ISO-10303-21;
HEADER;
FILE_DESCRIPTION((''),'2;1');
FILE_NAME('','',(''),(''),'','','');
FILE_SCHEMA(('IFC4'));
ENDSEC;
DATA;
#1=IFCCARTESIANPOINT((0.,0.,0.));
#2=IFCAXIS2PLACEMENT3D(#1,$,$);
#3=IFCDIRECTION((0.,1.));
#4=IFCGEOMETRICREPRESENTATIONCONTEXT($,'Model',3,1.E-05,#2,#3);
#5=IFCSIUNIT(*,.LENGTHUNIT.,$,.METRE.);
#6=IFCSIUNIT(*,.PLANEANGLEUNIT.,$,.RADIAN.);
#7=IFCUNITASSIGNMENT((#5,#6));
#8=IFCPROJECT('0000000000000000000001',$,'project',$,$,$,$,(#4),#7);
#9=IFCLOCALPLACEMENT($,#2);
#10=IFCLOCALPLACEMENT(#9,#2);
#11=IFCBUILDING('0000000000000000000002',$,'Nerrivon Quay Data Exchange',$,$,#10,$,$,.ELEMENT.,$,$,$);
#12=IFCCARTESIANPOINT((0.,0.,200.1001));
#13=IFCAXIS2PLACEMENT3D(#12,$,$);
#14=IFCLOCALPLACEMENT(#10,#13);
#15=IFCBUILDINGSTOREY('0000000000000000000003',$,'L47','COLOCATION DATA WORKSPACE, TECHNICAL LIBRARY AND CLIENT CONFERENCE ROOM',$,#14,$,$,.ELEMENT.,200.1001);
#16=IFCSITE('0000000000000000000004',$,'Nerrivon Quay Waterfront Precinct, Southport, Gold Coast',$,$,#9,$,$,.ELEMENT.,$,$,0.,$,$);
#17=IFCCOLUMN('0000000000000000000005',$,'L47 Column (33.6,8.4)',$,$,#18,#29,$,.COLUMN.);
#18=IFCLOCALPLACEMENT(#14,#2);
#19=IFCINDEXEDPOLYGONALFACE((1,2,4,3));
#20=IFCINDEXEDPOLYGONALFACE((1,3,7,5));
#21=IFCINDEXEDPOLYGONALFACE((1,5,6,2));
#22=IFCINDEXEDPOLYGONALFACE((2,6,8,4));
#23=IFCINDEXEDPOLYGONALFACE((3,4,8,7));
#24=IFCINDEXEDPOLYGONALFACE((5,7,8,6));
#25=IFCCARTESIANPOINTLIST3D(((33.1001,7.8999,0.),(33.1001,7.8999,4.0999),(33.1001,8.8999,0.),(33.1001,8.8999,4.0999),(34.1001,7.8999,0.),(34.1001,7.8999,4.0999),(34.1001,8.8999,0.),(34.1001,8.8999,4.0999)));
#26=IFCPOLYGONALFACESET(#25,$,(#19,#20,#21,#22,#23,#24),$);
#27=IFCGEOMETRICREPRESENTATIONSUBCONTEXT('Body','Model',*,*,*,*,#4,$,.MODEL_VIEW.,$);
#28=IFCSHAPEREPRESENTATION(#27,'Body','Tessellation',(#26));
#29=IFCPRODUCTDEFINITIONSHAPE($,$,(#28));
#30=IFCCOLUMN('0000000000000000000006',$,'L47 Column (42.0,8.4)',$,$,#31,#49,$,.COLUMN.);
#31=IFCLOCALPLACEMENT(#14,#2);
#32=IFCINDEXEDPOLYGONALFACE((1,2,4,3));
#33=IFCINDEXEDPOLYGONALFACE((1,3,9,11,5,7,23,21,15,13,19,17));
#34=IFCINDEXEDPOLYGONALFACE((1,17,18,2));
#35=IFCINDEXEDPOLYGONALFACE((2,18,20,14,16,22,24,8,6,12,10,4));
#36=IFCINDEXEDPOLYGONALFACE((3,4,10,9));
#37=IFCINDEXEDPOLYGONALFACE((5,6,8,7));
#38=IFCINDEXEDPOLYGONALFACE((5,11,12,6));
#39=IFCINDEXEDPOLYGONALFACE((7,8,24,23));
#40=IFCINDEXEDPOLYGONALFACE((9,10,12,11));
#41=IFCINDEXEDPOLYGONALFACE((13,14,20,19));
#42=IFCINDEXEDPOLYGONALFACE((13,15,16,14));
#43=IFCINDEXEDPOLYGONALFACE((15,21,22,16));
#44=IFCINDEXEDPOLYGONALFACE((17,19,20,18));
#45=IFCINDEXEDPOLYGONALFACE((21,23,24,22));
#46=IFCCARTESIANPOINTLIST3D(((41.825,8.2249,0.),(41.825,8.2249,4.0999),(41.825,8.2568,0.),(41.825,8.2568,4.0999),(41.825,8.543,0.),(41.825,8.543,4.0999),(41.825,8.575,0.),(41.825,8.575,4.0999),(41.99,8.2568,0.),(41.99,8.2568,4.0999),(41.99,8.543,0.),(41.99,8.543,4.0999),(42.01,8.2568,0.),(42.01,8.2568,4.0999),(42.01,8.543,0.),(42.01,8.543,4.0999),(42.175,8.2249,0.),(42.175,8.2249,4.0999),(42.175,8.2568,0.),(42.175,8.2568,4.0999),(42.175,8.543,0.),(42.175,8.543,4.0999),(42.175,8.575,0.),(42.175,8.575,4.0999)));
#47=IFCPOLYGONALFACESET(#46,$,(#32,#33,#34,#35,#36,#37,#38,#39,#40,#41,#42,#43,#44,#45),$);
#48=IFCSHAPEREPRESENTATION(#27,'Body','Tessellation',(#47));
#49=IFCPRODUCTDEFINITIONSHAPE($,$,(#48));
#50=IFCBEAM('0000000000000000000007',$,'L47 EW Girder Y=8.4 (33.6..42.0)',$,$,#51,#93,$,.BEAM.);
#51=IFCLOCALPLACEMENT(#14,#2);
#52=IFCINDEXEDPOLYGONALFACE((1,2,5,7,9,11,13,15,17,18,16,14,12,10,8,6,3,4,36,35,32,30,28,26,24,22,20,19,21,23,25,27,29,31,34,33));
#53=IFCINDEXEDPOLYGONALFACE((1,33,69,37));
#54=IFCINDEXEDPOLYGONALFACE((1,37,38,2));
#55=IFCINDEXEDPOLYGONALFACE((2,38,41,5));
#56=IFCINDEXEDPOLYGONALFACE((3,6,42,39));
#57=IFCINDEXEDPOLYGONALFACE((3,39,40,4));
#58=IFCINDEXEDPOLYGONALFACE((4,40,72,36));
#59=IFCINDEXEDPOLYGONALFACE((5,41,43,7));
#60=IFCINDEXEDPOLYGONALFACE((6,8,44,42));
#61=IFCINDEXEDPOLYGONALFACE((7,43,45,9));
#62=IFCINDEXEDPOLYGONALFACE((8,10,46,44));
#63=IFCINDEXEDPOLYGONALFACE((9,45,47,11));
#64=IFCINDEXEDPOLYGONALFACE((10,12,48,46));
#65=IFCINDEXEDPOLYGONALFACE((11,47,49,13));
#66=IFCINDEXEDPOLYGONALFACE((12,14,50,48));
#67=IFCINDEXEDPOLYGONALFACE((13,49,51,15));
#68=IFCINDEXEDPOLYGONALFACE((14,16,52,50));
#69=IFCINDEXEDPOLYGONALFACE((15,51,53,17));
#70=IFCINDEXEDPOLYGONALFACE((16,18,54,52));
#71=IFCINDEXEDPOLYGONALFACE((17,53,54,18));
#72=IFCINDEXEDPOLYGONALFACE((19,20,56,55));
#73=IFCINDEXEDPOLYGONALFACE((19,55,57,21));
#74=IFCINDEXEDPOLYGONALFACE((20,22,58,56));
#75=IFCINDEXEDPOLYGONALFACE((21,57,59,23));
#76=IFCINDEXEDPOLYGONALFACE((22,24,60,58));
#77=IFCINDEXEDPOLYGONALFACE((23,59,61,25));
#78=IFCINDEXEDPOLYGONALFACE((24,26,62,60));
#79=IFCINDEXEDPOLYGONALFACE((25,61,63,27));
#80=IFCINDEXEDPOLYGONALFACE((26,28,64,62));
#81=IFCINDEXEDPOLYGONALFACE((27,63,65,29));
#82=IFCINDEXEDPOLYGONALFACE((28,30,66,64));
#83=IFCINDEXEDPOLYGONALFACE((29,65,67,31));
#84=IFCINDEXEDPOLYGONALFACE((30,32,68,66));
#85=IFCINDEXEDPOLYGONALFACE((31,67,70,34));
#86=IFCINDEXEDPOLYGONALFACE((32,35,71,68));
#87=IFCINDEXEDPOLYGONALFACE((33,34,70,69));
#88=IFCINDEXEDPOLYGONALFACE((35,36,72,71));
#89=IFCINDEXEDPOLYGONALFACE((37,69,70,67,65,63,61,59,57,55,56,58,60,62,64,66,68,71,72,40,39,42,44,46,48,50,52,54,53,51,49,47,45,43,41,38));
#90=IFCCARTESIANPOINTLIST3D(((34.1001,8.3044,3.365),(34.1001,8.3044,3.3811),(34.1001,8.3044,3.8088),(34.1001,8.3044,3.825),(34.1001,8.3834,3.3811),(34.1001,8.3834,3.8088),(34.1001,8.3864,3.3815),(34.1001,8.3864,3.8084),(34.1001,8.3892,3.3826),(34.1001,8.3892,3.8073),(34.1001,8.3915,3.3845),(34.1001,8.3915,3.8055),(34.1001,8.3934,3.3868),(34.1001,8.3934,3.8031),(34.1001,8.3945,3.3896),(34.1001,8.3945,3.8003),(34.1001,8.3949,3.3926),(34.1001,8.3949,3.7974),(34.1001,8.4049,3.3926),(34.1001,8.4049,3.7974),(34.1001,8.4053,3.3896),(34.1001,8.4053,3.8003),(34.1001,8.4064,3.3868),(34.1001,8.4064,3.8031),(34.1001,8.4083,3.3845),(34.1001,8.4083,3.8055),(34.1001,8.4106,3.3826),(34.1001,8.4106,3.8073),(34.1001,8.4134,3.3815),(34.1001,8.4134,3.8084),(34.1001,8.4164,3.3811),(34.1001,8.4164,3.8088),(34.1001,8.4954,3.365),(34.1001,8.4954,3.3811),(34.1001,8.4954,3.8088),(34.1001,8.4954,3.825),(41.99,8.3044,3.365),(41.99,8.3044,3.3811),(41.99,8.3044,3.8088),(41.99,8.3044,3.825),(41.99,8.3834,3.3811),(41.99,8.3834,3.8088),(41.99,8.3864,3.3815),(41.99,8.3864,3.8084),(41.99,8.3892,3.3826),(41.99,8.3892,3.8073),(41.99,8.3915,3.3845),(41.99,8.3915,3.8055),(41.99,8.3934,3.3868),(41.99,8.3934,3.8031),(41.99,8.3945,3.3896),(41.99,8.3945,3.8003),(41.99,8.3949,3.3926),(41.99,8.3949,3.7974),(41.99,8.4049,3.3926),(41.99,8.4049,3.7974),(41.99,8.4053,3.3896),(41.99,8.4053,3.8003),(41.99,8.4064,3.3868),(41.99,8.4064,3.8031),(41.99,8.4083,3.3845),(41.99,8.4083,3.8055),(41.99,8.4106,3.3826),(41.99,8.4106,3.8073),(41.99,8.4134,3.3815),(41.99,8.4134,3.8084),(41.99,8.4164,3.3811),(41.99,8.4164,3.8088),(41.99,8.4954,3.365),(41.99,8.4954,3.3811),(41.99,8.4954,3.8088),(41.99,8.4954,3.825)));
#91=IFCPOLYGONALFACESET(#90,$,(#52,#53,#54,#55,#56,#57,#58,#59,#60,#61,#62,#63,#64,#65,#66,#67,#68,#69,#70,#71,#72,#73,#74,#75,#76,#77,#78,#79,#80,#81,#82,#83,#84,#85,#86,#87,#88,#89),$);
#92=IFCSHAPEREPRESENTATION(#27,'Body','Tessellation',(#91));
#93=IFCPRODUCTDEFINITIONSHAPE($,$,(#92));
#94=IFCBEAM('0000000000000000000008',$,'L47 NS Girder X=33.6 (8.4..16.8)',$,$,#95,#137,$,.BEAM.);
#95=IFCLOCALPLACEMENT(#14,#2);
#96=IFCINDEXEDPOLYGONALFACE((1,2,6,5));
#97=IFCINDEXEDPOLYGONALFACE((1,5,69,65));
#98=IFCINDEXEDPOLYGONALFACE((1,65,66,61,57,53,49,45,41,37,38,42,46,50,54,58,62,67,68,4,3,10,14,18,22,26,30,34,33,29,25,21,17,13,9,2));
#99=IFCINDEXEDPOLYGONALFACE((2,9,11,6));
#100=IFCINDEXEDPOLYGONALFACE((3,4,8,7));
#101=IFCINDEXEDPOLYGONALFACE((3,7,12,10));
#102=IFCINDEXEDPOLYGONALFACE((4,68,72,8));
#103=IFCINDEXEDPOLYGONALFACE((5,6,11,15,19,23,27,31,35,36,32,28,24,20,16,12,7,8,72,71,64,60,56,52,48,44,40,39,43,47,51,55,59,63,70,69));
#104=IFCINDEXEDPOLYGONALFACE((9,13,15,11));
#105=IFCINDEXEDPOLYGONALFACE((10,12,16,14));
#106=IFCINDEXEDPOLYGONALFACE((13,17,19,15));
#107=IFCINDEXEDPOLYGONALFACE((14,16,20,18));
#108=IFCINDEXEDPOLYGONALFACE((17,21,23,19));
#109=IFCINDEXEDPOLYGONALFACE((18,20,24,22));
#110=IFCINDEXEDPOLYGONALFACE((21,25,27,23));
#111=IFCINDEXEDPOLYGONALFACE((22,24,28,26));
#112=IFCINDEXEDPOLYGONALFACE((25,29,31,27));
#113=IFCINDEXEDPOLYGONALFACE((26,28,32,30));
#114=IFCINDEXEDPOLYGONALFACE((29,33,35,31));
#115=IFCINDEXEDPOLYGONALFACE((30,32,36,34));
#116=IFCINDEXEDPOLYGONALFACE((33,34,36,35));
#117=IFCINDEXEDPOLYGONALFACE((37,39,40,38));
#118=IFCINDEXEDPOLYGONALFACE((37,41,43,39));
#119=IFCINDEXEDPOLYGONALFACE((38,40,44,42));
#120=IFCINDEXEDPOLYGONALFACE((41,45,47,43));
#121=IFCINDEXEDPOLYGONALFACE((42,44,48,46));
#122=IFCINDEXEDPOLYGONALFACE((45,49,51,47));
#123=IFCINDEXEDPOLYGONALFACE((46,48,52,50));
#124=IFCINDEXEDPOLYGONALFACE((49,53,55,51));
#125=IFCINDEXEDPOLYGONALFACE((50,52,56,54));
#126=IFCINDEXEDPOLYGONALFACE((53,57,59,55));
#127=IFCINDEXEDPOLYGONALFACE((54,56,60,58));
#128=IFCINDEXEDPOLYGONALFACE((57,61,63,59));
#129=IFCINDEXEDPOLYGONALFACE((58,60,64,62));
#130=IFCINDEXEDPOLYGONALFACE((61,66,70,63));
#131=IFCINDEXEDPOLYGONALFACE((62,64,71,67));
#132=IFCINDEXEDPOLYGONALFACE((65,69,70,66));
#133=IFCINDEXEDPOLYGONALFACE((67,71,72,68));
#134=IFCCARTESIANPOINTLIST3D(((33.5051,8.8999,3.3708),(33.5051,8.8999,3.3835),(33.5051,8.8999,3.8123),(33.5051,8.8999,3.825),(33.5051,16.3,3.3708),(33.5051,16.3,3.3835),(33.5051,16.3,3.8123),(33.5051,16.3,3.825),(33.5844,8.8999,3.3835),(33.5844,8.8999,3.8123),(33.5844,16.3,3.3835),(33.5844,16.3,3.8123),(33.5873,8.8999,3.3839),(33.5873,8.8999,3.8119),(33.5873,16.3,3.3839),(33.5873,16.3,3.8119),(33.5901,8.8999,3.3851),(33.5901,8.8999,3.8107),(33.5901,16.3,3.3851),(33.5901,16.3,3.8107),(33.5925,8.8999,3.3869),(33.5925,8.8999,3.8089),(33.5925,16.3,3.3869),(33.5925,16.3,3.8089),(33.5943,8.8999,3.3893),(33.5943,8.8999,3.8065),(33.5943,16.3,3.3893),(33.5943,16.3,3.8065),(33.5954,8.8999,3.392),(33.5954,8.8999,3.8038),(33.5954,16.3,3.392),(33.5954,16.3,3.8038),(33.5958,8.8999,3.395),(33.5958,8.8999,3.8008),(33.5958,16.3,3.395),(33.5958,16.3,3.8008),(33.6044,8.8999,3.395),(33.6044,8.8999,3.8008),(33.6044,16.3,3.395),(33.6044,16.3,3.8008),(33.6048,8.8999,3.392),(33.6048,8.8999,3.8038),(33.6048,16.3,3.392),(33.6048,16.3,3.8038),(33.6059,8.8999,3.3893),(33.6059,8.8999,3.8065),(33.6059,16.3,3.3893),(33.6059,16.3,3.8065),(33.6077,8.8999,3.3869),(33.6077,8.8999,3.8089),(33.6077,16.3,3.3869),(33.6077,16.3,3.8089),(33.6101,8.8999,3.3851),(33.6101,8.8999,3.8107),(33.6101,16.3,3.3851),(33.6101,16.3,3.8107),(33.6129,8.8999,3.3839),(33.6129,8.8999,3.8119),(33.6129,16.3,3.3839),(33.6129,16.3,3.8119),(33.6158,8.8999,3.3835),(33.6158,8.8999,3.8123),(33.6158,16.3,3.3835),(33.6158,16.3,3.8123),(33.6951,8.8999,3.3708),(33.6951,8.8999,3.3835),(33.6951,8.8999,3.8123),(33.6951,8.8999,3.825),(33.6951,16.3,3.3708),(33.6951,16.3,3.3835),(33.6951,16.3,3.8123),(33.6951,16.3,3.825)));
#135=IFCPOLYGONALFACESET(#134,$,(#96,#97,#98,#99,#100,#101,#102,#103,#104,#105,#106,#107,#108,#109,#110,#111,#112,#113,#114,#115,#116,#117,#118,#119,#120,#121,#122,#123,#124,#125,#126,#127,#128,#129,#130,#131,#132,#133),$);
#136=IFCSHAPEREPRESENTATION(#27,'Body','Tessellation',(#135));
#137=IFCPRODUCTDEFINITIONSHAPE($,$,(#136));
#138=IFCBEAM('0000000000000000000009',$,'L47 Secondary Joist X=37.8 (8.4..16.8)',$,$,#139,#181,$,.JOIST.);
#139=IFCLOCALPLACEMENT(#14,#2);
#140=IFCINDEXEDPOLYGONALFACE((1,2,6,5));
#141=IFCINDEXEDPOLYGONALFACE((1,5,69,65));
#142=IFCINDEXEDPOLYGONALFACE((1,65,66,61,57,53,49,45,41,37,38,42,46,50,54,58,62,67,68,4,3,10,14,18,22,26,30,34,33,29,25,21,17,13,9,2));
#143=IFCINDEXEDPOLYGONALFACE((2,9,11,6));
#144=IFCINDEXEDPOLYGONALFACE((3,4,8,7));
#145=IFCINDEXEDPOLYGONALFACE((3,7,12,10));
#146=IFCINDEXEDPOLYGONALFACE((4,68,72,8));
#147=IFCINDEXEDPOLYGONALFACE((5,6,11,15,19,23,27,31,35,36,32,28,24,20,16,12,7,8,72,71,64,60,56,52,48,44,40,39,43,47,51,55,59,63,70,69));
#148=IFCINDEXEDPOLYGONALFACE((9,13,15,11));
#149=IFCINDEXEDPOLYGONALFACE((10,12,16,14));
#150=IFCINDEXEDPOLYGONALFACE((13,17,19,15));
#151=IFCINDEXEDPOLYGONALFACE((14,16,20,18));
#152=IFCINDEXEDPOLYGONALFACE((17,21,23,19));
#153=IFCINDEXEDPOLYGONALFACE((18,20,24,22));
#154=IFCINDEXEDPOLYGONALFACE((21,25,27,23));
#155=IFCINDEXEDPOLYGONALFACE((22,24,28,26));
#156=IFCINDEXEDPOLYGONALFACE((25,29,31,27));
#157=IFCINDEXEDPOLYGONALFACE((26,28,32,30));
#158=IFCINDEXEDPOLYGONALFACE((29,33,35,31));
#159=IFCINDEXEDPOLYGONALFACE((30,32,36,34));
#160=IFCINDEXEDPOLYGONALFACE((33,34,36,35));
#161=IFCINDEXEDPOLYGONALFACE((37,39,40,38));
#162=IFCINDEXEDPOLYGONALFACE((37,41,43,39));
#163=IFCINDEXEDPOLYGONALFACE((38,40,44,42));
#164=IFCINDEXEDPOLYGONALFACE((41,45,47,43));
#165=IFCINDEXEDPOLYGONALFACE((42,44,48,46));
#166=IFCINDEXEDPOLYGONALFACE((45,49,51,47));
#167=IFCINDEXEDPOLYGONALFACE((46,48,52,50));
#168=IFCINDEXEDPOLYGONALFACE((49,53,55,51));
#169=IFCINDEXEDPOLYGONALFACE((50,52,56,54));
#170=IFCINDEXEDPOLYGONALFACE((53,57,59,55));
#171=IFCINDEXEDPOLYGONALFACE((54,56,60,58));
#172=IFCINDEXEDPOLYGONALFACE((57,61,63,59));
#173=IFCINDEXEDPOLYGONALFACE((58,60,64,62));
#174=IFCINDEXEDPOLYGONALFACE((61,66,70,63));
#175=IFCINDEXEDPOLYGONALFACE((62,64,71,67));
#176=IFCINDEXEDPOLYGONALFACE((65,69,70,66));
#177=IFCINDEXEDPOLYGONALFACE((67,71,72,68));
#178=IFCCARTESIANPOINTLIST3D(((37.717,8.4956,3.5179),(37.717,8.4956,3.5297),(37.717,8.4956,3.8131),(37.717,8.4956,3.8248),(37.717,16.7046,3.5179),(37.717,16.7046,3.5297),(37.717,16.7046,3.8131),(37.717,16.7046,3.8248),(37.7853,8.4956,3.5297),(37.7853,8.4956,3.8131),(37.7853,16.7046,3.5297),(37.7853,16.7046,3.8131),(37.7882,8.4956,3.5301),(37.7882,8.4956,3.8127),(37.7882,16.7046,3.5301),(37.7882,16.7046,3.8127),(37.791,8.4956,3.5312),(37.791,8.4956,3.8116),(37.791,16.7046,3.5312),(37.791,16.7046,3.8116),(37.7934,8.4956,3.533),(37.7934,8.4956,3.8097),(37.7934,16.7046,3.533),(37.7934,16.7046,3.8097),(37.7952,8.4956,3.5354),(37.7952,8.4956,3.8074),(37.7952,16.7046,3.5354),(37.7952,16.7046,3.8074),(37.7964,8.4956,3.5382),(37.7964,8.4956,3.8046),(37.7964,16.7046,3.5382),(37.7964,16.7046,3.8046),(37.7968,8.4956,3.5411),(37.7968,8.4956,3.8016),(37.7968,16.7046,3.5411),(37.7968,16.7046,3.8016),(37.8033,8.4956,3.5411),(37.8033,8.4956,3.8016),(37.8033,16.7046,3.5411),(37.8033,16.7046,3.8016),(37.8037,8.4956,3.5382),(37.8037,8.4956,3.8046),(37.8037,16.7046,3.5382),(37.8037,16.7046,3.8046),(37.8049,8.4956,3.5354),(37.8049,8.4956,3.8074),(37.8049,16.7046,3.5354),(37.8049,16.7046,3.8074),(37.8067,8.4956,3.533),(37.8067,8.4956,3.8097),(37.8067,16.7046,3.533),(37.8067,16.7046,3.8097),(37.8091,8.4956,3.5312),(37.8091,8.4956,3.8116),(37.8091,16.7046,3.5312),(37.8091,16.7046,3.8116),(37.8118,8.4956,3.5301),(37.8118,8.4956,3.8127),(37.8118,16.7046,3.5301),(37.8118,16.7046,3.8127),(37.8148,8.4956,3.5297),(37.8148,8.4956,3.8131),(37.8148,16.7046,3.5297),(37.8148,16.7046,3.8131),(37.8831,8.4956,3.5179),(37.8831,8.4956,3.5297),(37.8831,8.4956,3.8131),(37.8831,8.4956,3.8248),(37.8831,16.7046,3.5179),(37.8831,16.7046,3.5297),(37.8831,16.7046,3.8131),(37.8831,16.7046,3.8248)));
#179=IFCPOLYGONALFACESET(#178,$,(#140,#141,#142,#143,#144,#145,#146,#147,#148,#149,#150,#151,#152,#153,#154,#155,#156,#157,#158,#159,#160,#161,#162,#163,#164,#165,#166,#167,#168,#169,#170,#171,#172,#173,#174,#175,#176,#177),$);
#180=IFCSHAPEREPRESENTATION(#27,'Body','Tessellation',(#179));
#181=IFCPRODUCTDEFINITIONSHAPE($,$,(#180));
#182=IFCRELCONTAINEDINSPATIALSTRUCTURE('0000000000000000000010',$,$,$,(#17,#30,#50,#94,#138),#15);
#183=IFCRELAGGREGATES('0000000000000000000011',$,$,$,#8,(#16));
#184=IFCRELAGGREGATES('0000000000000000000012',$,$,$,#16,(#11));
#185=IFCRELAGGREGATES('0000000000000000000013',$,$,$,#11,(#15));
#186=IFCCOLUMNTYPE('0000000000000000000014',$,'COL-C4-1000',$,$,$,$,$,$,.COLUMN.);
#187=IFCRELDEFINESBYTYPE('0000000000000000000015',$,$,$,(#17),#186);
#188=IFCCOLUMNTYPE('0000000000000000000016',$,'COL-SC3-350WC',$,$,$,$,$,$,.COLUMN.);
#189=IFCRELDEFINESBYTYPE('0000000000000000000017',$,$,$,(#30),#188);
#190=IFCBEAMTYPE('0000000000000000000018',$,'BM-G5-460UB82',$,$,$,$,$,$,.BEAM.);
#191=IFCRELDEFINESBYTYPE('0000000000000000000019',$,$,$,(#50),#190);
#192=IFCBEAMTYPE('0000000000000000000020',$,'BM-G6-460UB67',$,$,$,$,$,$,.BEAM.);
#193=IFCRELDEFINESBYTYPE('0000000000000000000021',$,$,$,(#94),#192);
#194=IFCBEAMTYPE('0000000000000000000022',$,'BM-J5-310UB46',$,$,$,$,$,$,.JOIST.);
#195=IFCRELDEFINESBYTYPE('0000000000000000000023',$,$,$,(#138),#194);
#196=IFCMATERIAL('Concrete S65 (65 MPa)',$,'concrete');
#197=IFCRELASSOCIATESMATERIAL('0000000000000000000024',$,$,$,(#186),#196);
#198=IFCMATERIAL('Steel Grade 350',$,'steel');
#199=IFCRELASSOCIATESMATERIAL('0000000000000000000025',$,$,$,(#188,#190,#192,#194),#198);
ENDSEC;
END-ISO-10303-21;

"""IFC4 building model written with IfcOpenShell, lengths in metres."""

from ifc_helpers import new_model, si_unit, direction, frame, origin, origin_2d, place, context, subcontext, project, spatial, rectangle, i_section, extrude, material, material_profile, profile_set, type_object, element, save


model = new_model("IFC4")

# Units and contexts
model_context = context("Model", 3, precision=1e-05, world=origin(), true_north=direction((0.0, 1.0)))
body_context = subcontext(model_context, "Body", "Model", "MODEL_VIEW")
ifc_project = project(units=[si_unit("LENGTHUNIT", "METRE"), si_unit("PLANEANGLEUNIT", "RADIAN")], contexts=[model_context])

# Site, building, storey
site_placement = place(None, origin())
site = spatial("IfcSite", under=ifc_project, at=site_placement, Name="Nerrivon Quay Waterfront Precinct, Southport, Gold Coast", CompositionType="ELEMENT", RefElevation=0.0)
building_placement = place(site_placement, origin())
building = spatial("IfcBuilding", under=site, at=building_placement, Name="Nerrivon Quay Data Exchange", CompositionType="ELEMENT")
storey_placement = place(building_placement, frame((0.0, 0.0, 200.1001)))
storey = spatial("IfcBuildingStorey", under=building, at=storey_placement, Name="L47", Description="COLOCATION DATA WORKSPACE, TECHNICAL LIBRARY AND CLIENT CONFERENCE ROOM", CompositionType="ELEMENT", Elevation=200.1001)

# Columns
ifc_material_1 = material(Name="Concrete S65 (65 MPa)", Category="concrete")
ifc_material_profile_1 = material_profile(ifc_material_1, rectangle(XDim=1.0, YDim=1.0, at=origin_2d()), Name="RC-COL-1000x1000")
ifc_profile_set_1 = profile_set([ifc_material_profile_1], Name="Concrete S65 (65 MPa)")
column_type_1 = type_object("IfcColumnType", Name="COL-C4-1000", PredefinedType="COLUMN", material=ifc_profile_set_1)
column_1_placement = place(storey_placement, frame((33.6001, 8.3999, 0.0), z_axis=(0.0, 0.0, 1.0), x_axis=(1.0, 0.0, 0.0)))
element("IfcColumn", 1, at=column_1_placement, inside=storey, type_object=column_type_1, Name="L47 Column (33.6,8.4)", PredefinedType="COLUMN", context=body_context, shape_type="SweptSolid", body=[
    extrude(rectangle(XDim=1.0, YDim=1.0, at=origin_2d()), origin(), (0.0, 0.0, 1.0), 4.0999),
])
ifc_material_2 = material(Name="Steel Grade 350", Category="steel")
ifc_material_profile_2 = material_profile(ifc_material_2, i_section(OverallWidth=0.3501, OverallDepth=0.3501, WebThickness=0.02, FlangeThickness=0.032, at=origin_2d()), Name="350WC230")
ifc_profile_set_2 = profile_set([ifc_material_profile_2], Name="Steel Grade 350")
column_type_2 = type_object("IfcColumnType", Name="COL-SC3-350WC", PredefinedType="COLUMN", material=ifc_profile_set_2)
column_2_placement = place(storey_placement, frame((42.0, 8.3999, 0.0), z_axis=(0.0, 0.0, 1.0), x_axis=(1.0, 0.0, 0.0)))
element("IfcColumn", 2, at=column_2_placement, inside=storey, type_object=column_type_2, Name="L47 Column (42.0,8.4)", PredefinedType="COLUMN", context=body_context, shape_type="SweptSolid", body=[
    extrude(i_section(OverallWidth=0.3501, OverallDepth=0.3501, WebThickness=0.02, FlangeThickness=0.032, at=origin_2d()), origin(), (0.0, 0.0, 1.0), 4.0999),
])

# Beams
ifc_material_profile_3 = material_profile(ifc_material_2, i_section(OverallWidth=0.1909, OverallDepth=0.46, WebThickness=0.01, FlangeThickness=0.0161, FilletRadius=0.0115, at=origin_2d()), Name="460UB82.1")
ifc_profile_set_3 = profile_set([ifc_material_profile_3], Name="Steel Grade 350")
beam_type_1 = type_object("IfcBeamType", Name="BM-G5-460UB82", PredefinedType="BEAM", material=ifc_profile_set_3)
beam_1_placement = place(storey_placement, frame((34.1001, 8.3999, 3.595), z_axis=(1.0, 0.0, 0.0), x_axis=(0.0, 1.0, 0.0)))
element("IfcBeam", 3, at=beam_1_placement, inside=storey, type_object=beam_type_1, Name="L47 EW Girder Y=8.4 (33.6..42.0)", PredefinedType="BEAM", context=body_context, shape_type="SweptSolid", body=[
    extrude(i_section(OverallWidth=0.1909, OverallDepth=0.46, WebThickness=0.01, FlangeThickness=0.0161, FilletRadius=0.0115, at=origin_2d()), origin(), (0.0, 0.0, 1.0), 7.8899),
])
ifc_material_profile_4 = material_profile(ifc_material_2, i_section(OverallWidth=0.1899, OverallDepth=0.4541, WebThickness=0.0085, FlangeThickness=0.0127, FilletRadius=0.0115, at=origin_2d()), Name="460UB67.1")
ifc_profile_set_4 = profile_set([ifc_material_profile_4], Name="Steel Grade 350")
beam_type_2 = type_object("IfcBeamType", Name="BM-G6-460UB67", PredefinedType="BEAM", material=ifc_profile_set_4)
beam_2_placement = place(storey_placement, frame((33.6001, 8.8999, 3.5979), z_axis=(0.0, 1.0, 0.0), x_axis=(-1.0, 0.0, 0.0)))
element("IfcBeam", 4, at=beam_2_placement, inside=storey, type_object=beam_type_2, Name="L47 NS Girder X=33.6 (8.4..16.8)", PredefinedType="BEAM", context=body_context, shape_type="SweptSolid", body=[
    extrude(i_section(OverallWidth=0.1899, OverallDepth=0.4541, WebThickness=0.0085, FlangeThickness=0.0127, FilletRadius=0.0115, at=origin_2d()), origin(), (0.0, 0.0, 1.0), 7.4001),
])
ifc_material_profile_5 = material_profile(ifc_material_2, i_section(OverallWidth=0.166, OverallDepth=0.3069, WebThickness=0.0066, FlangeThickness=0.0117, FilletRadius=0.0115, at=origin_2d()), Name="310UB46.2")
ifc_profile_set_5 = profile_set([ifc_material_profile_5], Name="Steel Grade 350")
beam_type_3 = type_object("IfcBeamType", Name="BM-J5-310UB46", PredefinedType="JOIST", material=ifc_profile_set_5)
beam_3_placement = place(storey_placement, frame((37.8, 8.4956, 3.6714), z_axis=(0.0, 1.0, 0.0), x_axis=(-1.0, 0.0, 0.0)))
element("IfcBeam", 5, at=beam_3_placement, inside=storey, type_object=beam_type_3, Name="L47 Secondary Joist X=37.8 (8.4..16.8)", PredefinedType="JOIST", context=body_context, shape_type="SweptSolid", body=[
    extrude(i_section(OverallWidth=0.166, OverallDepth=0.3069, WebThickness=0.0066, FlangeThickness=0.0117, FilletRadius=0.0115, at=origin_2d()), origin(), (0.0, 0.0, 1.0), 8.209),
])

save(model, "model.ifc")
